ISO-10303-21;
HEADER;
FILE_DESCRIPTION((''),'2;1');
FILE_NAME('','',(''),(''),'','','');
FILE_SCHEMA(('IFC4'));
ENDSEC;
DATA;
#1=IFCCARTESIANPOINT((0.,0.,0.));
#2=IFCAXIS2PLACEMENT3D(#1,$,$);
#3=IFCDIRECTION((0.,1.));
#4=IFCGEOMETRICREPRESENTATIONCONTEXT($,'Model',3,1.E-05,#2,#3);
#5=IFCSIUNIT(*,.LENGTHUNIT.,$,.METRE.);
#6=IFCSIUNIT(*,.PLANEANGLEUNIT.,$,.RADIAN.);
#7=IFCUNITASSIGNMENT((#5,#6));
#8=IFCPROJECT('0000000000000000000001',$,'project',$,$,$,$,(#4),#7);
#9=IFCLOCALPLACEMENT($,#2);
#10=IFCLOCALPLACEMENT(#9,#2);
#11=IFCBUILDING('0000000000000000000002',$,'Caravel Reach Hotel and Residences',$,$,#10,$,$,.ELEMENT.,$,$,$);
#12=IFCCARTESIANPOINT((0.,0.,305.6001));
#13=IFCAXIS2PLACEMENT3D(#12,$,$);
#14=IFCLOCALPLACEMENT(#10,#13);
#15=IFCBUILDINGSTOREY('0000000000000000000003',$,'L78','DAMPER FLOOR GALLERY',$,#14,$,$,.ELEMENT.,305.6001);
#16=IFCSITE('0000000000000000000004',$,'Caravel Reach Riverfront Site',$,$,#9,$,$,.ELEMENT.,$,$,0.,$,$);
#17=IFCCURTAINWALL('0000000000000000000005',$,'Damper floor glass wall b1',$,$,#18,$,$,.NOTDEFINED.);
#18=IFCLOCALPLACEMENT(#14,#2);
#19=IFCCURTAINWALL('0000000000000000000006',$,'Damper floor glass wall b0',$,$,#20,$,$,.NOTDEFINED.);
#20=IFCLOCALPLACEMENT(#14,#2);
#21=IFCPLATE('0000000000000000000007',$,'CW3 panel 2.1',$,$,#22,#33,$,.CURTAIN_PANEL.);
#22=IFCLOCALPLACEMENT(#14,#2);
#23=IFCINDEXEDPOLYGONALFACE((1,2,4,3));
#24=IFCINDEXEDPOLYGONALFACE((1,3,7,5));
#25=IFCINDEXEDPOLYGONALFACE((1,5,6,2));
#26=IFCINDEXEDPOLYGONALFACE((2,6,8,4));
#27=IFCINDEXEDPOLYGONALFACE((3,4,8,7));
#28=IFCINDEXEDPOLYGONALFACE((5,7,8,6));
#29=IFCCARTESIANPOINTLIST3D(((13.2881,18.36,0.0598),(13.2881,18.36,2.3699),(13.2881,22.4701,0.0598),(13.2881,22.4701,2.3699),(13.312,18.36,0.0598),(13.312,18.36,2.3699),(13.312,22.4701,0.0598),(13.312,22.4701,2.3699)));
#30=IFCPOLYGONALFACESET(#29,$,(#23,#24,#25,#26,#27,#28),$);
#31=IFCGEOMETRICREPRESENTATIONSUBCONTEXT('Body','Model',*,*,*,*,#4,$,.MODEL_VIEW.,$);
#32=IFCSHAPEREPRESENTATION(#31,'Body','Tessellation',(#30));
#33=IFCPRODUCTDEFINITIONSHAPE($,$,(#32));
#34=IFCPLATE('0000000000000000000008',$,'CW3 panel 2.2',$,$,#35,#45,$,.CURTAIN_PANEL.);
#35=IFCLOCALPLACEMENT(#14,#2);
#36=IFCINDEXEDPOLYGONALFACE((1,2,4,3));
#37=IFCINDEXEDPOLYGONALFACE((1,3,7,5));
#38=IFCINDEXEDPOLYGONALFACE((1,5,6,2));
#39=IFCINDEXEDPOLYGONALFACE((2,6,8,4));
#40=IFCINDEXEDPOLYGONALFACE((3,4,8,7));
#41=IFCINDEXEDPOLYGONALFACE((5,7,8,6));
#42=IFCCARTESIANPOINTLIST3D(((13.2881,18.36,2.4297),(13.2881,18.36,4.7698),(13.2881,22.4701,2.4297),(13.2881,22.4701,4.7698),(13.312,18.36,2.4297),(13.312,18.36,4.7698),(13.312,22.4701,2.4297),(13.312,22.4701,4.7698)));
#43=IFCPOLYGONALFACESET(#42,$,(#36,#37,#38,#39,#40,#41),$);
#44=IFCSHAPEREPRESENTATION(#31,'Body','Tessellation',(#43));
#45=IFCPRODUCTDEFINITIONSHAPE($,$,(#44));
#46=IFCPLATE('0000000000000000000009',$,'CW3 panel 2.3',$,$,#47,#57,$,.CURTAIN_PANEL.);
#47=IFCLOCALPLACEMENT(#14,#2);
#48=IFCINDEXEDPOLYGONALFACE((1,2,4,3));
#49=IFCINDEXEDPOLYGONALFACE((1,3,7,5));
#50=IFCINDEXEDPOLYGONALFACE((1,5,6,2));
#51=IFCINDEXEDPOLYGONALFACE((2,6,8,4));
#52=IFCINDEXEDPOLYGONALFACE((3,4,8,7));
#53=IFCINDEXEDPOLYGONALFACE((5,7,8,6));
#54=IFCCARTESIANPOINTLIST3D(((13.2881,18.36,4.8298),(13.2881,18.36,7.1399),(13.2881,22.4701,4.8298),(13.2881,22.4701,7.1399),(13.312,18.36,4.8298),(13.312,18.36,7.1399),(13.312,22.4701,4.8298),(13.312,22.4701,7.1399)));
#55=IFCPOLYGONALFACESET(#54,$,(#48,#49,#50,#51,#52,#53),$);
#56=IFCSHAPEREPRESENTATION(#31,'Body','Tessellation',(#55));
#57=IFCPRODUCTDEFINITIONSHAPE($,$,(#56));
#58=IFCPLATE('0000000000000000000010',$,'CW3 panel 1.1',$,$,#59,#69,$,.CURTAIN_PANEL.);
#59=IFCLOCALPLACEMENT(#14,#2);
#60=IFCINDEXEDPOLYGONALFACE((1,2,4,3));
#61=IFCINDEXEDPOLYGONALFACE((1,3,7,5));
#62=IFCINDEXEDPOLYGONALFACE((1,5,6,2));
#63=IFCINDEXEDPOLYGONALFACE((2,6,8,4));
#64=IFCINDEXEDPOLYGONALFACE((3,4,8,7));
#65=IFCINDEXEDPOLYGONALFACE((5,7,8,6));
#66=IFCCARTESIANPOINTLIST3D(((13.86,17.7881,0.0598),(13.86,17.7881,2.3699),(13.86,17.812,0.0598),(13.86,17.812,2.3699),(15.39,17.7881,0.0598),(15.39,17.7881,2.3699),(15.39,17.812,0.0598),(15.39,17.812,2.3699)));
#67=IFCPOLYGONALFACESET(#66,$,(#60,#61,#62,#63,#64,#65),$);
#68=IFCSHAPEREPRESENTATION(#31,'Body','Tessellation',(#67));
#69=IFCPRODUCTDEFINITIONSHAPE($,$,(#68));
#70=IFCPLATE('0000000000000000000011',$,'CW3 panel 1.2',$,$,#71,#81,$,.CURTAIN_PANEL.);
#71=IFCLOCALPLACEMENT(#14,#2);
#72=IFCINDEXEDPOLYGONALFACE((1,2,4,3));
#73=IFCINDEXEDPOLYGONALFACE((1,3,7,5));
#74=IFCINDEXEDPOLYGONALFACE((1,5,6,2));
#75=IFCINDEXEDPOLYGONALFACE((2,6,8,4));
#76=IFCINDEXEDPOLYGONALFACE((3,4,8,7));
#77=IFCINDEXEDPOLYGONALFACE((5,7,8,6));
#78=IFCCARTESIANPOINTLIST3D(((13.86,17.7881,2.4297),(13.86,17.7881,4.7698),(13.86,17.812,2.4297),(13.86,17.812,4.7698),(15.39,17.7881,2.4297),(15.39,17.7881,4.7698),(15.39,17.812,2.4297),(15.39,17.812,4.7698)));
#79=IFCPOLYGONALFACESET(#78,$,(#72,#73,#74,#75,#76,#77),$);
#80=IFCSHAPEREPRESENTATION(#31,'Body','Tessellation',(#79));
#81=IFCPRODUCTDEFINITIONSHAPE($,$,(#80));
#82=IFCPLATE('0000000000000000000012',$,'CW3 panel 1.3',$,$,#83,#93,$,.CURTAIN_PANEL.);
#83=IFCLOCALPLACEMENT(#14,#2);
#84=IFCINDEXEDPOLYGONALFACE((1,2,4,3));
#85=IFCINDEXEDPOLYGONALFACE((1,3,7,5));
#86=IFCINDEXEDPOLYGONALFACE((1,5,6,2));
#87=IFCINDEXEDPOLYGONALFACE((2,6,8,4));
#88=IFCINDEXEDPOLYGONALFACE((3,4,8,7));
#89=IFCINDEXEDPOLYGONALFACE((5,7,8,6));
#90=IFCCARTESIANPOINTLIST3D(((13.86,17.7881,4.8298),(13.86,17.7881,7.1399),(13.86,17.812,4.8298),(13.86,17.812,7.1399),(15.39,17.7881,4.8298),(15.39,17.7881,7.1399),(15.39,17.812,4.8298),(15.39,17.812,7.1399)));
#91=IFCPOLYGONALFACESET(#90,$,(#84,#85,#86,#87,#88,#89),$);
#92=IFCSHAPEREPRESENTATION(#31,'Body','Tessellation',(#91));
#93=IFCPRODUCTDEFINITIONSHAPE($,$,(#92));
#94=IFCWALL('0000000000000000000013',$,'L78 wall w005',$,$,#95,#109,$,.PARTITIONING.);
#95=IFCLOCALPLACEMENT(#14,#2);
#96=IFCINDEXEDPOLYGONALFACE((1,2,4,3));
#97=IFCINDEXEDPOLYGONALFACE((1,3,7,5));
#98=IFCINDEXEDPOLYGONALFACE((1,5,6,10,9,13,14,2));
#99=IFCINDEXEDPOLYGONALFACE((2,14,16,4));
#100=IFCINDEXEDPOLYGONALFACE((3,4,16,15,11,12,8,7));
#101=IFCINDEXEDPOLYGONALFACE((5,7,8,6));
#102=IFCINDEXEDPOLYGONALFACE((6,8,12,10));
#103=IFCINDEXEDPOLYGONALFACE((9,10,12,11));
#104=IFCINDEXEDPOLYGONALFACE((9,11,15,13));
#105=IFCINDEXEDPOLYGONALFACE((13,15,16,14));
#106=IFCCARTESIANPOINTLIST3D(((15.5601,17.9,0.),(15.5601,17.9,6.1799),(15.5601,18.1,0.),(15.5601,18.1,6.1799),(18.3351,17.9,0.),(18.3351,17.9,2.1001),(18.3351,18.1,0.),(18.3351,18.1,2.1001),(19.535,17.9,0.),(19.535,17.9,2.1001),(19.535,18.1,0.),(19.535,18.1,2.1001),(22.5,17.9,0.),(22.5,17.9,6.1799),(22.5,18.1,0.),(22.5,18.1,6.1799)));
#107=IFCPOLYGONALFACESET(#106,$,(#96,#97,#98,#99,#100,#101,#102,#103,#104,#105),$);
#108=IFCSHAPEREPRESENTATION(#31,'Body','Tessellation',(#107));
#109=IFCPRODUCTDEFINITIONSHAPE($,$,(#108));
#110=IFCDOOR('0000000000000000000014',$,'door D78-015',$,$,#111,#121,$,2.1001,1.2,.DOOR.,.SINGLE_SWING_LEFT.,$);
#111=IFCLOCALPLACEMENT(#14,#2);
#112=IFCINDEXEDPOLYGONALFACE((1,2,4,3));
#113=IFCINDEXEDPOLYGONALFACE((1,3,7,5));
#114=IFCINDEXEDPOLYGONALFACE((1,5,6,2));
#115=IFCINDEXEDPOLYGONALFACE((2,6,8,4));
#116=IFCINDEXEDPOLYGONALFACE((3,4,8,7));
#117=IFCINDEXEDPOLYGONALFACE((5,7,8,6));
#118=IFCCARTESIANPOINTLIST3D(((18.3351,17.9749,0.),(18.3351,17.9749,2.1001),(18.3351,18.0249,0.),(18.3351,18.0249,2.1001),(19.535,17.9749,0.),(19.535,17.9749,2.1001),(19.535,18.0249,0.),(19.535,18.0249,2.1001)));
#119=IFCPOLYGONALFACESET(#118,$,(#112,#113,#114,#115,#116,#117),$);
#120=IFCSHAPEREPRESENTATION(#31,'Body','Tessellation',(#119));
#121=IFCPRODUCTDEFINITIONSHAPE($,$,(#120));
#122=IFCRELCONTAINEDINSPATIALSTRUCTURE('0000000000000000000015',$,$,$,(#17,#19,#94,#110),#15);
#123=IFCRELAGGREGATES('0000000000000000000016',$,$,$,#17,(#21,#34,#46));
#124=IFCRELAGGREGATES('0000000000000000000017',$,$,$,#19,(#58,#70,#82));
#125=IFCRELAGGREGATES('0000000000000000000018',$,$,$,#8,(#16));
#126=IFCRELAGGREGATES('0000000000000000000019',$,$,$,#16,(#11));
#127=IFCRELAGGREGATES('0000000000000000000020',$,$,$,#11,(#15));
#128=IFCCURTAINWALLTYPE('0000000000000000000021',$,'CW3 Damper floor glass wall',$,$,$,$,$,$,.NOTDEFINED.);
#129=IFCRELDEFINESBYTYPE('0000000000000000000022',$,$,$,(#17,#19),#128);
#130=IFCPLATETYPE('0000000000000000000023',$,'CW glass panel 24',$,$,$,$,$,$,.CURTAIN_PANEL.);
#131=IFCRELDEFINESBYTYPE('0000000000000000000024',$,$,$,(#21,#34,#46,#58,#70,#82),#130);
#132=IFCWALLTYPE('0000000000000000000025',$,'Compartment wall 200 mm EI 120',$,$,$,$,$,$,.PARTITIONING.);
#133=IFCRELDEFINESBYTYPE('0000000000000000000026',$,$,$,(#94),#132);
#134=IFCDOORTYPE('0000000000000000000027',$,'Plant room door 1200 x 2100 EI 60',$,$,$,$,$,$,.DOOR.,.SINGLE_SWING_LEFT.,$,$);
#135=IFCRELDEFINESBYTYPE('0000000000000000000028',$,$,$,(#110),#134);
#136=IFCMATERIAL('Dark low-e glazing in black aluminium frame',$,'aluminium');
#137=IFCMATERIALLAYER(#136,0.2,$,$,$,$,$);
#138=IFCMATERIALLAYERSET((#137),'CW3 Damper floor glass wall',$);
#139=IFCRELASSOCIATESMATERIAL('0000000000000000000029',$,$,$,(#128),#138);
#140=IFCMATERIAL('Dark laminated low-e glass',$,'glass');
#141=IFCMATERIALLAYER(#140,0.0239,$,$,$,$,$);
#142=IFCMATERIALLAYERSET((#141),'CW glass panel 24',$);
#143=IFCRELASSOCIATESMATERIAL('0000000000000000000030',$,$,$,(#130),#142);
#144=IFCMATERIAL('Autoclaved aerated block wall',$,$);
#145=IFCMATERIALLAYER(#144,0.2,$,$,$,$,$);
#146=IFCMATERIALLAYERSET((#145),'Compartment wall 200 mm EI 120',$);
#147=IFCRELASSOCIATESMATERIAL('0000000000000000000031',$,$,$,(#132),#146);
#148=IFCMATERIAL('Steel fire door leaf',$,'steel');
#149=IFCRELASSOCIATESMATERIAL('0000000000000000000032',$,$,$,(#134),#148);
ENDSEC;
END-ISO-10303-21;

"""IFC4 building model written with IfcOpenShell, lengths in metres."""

from ifc_helpers import new_model, si_unit, direction, frame, frame_2d, origin, origin_2d, place, context, subcontext, project, spatial, rectangle, extrude, material, layer, layer_set, type_object, element, fill, aggregate, save


model = new_model("IFC4")

# Units and contexts
model_context = context("Model", 3, precision=1e-05, world=origin(), true_north=direction((0.0, 1.0)))
body_context = subcontext(model_context, "Body", "Model", "MODEL_VIEW")
ifc_project = project(units=[si_unit("LENGTHUNIT", "METRE"), si_unit("PLANEANGLEUNIT", "RADIAN")], contexts=[model_context])

# Site, building, storey
site_placement = place(None, origin())
site = spatial("IfcSite", under=ifc_project, at=site_placement, Name="Caravel Reach Riverfront Site", CompositionType="ELEMENT", RefElevation=0.0)
building_placement = place(site_placement, origin())
building = spatial("IfcBuilding", under=site, at=building_placement, Name="Caravel Reach Hotel and Residences", CompositionType="ELEMENT")
storey_placement = place(building_placement, frame((0.0, 0.0, 305.6001)))
storey = spatial("IfcBuildingStorey", under=building, at=storey_placement, Name="L78", Description="DAMPER FLOOR GALLERY", CompositionType="ELEMENT", Elevation=305.6001)

# Curtain walls
ifc_material_1 = material(Name="Dark low-e glazing in black aluminium frame", Category="aluminium")
ifc_layer_1 = layer(ifc_material_1, 0.2)
ifc_layer_set_1 = layer_set([ifc_layer_1], Name="CW3 Damper floor glass wall")
curtain_wall_type = type_object("IfcCurtainWallType", Name="CW3 Damper floor glass wall", PredefinedType="NOTDEFINED", material=ifc_layer_set_1)
curtain_wall_1_placement = place(storey_placement, origin())
curtain_wall_1 = element("IfcCurtainWall", 1, at=curtain_wall_1_placement, inside=storey, type_object=curtain_wall_type, Name="Damper floor glass wall b1", PredefinedType="NOTDEFINED")
curtain_wall_2_placement = place(storey_placement, origin())
curtain_wall_2 = element("IfcCurtainWall", 2, at=curtain_wall_2_placement, inside=storey, type_object=curtain_wall_type, Name="Damper floor glass wall b0", PredefinedType="NOTDEFINED")

# Plates
ifc_material_2 = material(Name="Dark laminated low-e glass", Category="glass")
ifc_layer_2 = layer(ifc_material_2, 0.0239)
ifc_layer_set_2 = layer_set([ifc_layer_2], Name="CW glass panel 24")
plate_type = type_object("IfcPlateType", Name="CW glass panel 24", PredefinedType="CURTAIN_PANEL", material=ifc_layer_set_2)
plate_1_placement = place(storey_placement, frame((13.3, 20.415, 0.0598), z_axis=(0.0, 0.0, 1.0), x_axis=(0.0, -1.0, 0.0)))
plate_1 = element("IfcPlate", 3, at=plate_1_placement, type_object=plate_type, Name="CW3 panel 2.1", PredefinedType="CURTAIN_PANEL", context=body_context, shape_type="SweptSolid", body=[
    extrude(rectangle(XDim=4.1101, YDim=0.0239, at=origin_2d()), origin(), (0.0, 0.0, 1.0), 2.3101),
])
plate_2_placement = place(storey_placement, frame((13.3, 20.415, 2.4297), z_axis=(0.0, 0.0, 1.0), x_axis=(0.0, -1.0, 0.0)))
plate_2 = element("IfcPlate", 4, at=plate_2_placement, type_object=plate_type, Name="CW3 panel 2.2", PredefinedType="CURTAIN_PANEL", context=body_context, shape_type="SweptSolid", body=[
    extrude(rectangle(XDim=4.1101, YDim=0.0239, at=origin_2d()), origin(), (0.0, 0.0, 1.0), 2.3401),
])
plate_3_placement = place(storey_placement, frame((13.3, 20.415, 4.8298), z_axis=(0.0, 0.0, 1.0), x_axis=(0.0, -1.0, 0.0)))
plate_3 = element("IfcPlate", 5, at=plate_3_placement, type_object=plate_type, Name="CW3 panel 2.3", PredefinedType="CURTAIN_PANEL", context=body_context, shape_type="SweptSolid", body=[
    extrude(rectangle(XDim=4.1101, YDim=0.0239, at=origin_2d()), origin(), (0.0, 0.0, 1.0), 2.3101),
])
aggregate(curtain_wall_1, [plate_1, plate_2, plate_3])
plate_4_placement = place(storey_placement, frame((14.625, 17.8, 0.0598), z_axis=(0.0, 0.0, 1.0), x_axis=(1.0, 0.0, 0.0)))
plate_4 = element("IfcPlate", 6, at=plate_4_placement, type_object=plate_type, Name="CW3 panel 1.1", PredefinedType="CURTAIN_PANEL", context=body_context, shape_type="SweptSolid", body=[
    extrude(rectangle(XDim=1.53, YDim=0.0239, at=origin_2d()), origin(), (0.0, 0.0, 1.0), 2.3101),
])
plate_5_placement = place(storey_placement, frame((14.625, 17.8, 2.4297), z_axis=(0.0, 0.0, 1.0), x_axis=(1.0, 0.0, 0.0)))
plate_5 = element("IfcPlate", 7, at=plate_5_placement, type_object=plate_type, Name="CW3 panel 1.2", PredefinedType="CURTAIN_PANEL", context=body_context, shape_type="SweptSolid", body=[
    extrude(rectangle(XDim=1.53, YDim=0.0239, at=origin_2d()), origin(), (0.0, 0.0, 1.0), 2.3401),
])
plate_6_placement = place(storey_placement, frame((14.625, 17.8, 4.8298), z_axis=(0.0, 0.0, 1.0), x_axis=(1.0, 0.0, 0.0)))
plate_6 = element("IfcPlate", 8, at=plate_6_placement, type_object=plate_type, Name="CW3 panel 1.3", PredefinedType="CURTAIN_PANEL", context=body_context, shape_type="SweptSolid", body=[
    extrude(rectangle(XDim=1.53, YDim=0.0239, at=origin_2d()), origin(), (0.0, 0.0, 1.0), 2.3101),
])
aggregate(curtain_wall_2, [plate_4, plate_5, plate_6])

# Wall, opening, door
ifc_material_3 = material(Name="Autoclaved aerated block wall")
ifc_layer_3 = layer(ifc_material_3, 0.2)
ifc_layer_set_3 = layer_set([ifc_layer_3], Name="Compartment wall 200 mm EI 120")
wall_type = type_object("IfcWallType", Name="Compartment wall 200 mm EI 120", PredefinedType="PARTITIONING", material=ifc_layer_set_3)
wall_placement = place(storey_placement, frame((15.5601, 18.0, 0.0), z_axis=(0.0, 0.0, 1.0), x_axis=(1.0, 0.0, 0.0)))
wall = element("IfcWall", 9, at=wall_placement, inside=storey, type_object=wall_type, Name="L78 wall w005", PredefinedType="PARTITIONING", context=body_context, shape_type="SweptSolid", body=[
    extrude(rectangle(XDim=6.9399, YDim=0.2, at=frame_2d((3.47, 0.0))), origin(), (0.0, 0.0, 1.0), 6.1799),
])
opening_placement = place(wall_placement, frame((2.7749, 0.0, 0.0)))
opening = element("IfcOpeningElement", 10, at=opening_placement, cuts=wall, PredefinedType="OPENING", context=body_context, shape_type="SweptSolid", body=[
    extrude(rectangle(XDim=1.2, YDim=2.1001, at=frame_2d((0.6001, 1.05))), frame((0.0, 0.1099, 0.0), z_axis=(0.0, -1.0, 0.0), x_axis=(1.0, 0.0, 0.0)), (0.0, 0.0, 1.0), 0.22),
])
ifc_material_4 = material(Name="Steel fire door leaf", Category="steel")
door_type = type_object("IfcDoorType", Name="Plant room door 1200 x 2100 EI 60", OperationType="SINGLE_SWING_LEFT", PredefinedType="DOOR", material=ifc_material_4)
door_placement = place(opening_placement, origin())
door = element("IfcDoor", 11, at=door_placement, inside=storey, type_object=door_type, Name="door D78-015", OperationType="SINGLE_SWING_LEFT", OverallHeight=2.1001, OverallWidth=1.2, PredefinedType="DOOR", context=body_context, shape_type="SweptSolid", body=[
    extrude(rectangle(XDim=1.2, YDim=2.1001, at=frame_2d((0.6001, 1.05))), frame((0.0, 0.0249, 0.0), z_axis=(0.0, -1.0, 0.0), x_axis=(1.0, 0.0, 0.0)), (0.0, 0.0, 1.0), 0.05),
])
fill(opening, door)

save(model, "model.ifc")
